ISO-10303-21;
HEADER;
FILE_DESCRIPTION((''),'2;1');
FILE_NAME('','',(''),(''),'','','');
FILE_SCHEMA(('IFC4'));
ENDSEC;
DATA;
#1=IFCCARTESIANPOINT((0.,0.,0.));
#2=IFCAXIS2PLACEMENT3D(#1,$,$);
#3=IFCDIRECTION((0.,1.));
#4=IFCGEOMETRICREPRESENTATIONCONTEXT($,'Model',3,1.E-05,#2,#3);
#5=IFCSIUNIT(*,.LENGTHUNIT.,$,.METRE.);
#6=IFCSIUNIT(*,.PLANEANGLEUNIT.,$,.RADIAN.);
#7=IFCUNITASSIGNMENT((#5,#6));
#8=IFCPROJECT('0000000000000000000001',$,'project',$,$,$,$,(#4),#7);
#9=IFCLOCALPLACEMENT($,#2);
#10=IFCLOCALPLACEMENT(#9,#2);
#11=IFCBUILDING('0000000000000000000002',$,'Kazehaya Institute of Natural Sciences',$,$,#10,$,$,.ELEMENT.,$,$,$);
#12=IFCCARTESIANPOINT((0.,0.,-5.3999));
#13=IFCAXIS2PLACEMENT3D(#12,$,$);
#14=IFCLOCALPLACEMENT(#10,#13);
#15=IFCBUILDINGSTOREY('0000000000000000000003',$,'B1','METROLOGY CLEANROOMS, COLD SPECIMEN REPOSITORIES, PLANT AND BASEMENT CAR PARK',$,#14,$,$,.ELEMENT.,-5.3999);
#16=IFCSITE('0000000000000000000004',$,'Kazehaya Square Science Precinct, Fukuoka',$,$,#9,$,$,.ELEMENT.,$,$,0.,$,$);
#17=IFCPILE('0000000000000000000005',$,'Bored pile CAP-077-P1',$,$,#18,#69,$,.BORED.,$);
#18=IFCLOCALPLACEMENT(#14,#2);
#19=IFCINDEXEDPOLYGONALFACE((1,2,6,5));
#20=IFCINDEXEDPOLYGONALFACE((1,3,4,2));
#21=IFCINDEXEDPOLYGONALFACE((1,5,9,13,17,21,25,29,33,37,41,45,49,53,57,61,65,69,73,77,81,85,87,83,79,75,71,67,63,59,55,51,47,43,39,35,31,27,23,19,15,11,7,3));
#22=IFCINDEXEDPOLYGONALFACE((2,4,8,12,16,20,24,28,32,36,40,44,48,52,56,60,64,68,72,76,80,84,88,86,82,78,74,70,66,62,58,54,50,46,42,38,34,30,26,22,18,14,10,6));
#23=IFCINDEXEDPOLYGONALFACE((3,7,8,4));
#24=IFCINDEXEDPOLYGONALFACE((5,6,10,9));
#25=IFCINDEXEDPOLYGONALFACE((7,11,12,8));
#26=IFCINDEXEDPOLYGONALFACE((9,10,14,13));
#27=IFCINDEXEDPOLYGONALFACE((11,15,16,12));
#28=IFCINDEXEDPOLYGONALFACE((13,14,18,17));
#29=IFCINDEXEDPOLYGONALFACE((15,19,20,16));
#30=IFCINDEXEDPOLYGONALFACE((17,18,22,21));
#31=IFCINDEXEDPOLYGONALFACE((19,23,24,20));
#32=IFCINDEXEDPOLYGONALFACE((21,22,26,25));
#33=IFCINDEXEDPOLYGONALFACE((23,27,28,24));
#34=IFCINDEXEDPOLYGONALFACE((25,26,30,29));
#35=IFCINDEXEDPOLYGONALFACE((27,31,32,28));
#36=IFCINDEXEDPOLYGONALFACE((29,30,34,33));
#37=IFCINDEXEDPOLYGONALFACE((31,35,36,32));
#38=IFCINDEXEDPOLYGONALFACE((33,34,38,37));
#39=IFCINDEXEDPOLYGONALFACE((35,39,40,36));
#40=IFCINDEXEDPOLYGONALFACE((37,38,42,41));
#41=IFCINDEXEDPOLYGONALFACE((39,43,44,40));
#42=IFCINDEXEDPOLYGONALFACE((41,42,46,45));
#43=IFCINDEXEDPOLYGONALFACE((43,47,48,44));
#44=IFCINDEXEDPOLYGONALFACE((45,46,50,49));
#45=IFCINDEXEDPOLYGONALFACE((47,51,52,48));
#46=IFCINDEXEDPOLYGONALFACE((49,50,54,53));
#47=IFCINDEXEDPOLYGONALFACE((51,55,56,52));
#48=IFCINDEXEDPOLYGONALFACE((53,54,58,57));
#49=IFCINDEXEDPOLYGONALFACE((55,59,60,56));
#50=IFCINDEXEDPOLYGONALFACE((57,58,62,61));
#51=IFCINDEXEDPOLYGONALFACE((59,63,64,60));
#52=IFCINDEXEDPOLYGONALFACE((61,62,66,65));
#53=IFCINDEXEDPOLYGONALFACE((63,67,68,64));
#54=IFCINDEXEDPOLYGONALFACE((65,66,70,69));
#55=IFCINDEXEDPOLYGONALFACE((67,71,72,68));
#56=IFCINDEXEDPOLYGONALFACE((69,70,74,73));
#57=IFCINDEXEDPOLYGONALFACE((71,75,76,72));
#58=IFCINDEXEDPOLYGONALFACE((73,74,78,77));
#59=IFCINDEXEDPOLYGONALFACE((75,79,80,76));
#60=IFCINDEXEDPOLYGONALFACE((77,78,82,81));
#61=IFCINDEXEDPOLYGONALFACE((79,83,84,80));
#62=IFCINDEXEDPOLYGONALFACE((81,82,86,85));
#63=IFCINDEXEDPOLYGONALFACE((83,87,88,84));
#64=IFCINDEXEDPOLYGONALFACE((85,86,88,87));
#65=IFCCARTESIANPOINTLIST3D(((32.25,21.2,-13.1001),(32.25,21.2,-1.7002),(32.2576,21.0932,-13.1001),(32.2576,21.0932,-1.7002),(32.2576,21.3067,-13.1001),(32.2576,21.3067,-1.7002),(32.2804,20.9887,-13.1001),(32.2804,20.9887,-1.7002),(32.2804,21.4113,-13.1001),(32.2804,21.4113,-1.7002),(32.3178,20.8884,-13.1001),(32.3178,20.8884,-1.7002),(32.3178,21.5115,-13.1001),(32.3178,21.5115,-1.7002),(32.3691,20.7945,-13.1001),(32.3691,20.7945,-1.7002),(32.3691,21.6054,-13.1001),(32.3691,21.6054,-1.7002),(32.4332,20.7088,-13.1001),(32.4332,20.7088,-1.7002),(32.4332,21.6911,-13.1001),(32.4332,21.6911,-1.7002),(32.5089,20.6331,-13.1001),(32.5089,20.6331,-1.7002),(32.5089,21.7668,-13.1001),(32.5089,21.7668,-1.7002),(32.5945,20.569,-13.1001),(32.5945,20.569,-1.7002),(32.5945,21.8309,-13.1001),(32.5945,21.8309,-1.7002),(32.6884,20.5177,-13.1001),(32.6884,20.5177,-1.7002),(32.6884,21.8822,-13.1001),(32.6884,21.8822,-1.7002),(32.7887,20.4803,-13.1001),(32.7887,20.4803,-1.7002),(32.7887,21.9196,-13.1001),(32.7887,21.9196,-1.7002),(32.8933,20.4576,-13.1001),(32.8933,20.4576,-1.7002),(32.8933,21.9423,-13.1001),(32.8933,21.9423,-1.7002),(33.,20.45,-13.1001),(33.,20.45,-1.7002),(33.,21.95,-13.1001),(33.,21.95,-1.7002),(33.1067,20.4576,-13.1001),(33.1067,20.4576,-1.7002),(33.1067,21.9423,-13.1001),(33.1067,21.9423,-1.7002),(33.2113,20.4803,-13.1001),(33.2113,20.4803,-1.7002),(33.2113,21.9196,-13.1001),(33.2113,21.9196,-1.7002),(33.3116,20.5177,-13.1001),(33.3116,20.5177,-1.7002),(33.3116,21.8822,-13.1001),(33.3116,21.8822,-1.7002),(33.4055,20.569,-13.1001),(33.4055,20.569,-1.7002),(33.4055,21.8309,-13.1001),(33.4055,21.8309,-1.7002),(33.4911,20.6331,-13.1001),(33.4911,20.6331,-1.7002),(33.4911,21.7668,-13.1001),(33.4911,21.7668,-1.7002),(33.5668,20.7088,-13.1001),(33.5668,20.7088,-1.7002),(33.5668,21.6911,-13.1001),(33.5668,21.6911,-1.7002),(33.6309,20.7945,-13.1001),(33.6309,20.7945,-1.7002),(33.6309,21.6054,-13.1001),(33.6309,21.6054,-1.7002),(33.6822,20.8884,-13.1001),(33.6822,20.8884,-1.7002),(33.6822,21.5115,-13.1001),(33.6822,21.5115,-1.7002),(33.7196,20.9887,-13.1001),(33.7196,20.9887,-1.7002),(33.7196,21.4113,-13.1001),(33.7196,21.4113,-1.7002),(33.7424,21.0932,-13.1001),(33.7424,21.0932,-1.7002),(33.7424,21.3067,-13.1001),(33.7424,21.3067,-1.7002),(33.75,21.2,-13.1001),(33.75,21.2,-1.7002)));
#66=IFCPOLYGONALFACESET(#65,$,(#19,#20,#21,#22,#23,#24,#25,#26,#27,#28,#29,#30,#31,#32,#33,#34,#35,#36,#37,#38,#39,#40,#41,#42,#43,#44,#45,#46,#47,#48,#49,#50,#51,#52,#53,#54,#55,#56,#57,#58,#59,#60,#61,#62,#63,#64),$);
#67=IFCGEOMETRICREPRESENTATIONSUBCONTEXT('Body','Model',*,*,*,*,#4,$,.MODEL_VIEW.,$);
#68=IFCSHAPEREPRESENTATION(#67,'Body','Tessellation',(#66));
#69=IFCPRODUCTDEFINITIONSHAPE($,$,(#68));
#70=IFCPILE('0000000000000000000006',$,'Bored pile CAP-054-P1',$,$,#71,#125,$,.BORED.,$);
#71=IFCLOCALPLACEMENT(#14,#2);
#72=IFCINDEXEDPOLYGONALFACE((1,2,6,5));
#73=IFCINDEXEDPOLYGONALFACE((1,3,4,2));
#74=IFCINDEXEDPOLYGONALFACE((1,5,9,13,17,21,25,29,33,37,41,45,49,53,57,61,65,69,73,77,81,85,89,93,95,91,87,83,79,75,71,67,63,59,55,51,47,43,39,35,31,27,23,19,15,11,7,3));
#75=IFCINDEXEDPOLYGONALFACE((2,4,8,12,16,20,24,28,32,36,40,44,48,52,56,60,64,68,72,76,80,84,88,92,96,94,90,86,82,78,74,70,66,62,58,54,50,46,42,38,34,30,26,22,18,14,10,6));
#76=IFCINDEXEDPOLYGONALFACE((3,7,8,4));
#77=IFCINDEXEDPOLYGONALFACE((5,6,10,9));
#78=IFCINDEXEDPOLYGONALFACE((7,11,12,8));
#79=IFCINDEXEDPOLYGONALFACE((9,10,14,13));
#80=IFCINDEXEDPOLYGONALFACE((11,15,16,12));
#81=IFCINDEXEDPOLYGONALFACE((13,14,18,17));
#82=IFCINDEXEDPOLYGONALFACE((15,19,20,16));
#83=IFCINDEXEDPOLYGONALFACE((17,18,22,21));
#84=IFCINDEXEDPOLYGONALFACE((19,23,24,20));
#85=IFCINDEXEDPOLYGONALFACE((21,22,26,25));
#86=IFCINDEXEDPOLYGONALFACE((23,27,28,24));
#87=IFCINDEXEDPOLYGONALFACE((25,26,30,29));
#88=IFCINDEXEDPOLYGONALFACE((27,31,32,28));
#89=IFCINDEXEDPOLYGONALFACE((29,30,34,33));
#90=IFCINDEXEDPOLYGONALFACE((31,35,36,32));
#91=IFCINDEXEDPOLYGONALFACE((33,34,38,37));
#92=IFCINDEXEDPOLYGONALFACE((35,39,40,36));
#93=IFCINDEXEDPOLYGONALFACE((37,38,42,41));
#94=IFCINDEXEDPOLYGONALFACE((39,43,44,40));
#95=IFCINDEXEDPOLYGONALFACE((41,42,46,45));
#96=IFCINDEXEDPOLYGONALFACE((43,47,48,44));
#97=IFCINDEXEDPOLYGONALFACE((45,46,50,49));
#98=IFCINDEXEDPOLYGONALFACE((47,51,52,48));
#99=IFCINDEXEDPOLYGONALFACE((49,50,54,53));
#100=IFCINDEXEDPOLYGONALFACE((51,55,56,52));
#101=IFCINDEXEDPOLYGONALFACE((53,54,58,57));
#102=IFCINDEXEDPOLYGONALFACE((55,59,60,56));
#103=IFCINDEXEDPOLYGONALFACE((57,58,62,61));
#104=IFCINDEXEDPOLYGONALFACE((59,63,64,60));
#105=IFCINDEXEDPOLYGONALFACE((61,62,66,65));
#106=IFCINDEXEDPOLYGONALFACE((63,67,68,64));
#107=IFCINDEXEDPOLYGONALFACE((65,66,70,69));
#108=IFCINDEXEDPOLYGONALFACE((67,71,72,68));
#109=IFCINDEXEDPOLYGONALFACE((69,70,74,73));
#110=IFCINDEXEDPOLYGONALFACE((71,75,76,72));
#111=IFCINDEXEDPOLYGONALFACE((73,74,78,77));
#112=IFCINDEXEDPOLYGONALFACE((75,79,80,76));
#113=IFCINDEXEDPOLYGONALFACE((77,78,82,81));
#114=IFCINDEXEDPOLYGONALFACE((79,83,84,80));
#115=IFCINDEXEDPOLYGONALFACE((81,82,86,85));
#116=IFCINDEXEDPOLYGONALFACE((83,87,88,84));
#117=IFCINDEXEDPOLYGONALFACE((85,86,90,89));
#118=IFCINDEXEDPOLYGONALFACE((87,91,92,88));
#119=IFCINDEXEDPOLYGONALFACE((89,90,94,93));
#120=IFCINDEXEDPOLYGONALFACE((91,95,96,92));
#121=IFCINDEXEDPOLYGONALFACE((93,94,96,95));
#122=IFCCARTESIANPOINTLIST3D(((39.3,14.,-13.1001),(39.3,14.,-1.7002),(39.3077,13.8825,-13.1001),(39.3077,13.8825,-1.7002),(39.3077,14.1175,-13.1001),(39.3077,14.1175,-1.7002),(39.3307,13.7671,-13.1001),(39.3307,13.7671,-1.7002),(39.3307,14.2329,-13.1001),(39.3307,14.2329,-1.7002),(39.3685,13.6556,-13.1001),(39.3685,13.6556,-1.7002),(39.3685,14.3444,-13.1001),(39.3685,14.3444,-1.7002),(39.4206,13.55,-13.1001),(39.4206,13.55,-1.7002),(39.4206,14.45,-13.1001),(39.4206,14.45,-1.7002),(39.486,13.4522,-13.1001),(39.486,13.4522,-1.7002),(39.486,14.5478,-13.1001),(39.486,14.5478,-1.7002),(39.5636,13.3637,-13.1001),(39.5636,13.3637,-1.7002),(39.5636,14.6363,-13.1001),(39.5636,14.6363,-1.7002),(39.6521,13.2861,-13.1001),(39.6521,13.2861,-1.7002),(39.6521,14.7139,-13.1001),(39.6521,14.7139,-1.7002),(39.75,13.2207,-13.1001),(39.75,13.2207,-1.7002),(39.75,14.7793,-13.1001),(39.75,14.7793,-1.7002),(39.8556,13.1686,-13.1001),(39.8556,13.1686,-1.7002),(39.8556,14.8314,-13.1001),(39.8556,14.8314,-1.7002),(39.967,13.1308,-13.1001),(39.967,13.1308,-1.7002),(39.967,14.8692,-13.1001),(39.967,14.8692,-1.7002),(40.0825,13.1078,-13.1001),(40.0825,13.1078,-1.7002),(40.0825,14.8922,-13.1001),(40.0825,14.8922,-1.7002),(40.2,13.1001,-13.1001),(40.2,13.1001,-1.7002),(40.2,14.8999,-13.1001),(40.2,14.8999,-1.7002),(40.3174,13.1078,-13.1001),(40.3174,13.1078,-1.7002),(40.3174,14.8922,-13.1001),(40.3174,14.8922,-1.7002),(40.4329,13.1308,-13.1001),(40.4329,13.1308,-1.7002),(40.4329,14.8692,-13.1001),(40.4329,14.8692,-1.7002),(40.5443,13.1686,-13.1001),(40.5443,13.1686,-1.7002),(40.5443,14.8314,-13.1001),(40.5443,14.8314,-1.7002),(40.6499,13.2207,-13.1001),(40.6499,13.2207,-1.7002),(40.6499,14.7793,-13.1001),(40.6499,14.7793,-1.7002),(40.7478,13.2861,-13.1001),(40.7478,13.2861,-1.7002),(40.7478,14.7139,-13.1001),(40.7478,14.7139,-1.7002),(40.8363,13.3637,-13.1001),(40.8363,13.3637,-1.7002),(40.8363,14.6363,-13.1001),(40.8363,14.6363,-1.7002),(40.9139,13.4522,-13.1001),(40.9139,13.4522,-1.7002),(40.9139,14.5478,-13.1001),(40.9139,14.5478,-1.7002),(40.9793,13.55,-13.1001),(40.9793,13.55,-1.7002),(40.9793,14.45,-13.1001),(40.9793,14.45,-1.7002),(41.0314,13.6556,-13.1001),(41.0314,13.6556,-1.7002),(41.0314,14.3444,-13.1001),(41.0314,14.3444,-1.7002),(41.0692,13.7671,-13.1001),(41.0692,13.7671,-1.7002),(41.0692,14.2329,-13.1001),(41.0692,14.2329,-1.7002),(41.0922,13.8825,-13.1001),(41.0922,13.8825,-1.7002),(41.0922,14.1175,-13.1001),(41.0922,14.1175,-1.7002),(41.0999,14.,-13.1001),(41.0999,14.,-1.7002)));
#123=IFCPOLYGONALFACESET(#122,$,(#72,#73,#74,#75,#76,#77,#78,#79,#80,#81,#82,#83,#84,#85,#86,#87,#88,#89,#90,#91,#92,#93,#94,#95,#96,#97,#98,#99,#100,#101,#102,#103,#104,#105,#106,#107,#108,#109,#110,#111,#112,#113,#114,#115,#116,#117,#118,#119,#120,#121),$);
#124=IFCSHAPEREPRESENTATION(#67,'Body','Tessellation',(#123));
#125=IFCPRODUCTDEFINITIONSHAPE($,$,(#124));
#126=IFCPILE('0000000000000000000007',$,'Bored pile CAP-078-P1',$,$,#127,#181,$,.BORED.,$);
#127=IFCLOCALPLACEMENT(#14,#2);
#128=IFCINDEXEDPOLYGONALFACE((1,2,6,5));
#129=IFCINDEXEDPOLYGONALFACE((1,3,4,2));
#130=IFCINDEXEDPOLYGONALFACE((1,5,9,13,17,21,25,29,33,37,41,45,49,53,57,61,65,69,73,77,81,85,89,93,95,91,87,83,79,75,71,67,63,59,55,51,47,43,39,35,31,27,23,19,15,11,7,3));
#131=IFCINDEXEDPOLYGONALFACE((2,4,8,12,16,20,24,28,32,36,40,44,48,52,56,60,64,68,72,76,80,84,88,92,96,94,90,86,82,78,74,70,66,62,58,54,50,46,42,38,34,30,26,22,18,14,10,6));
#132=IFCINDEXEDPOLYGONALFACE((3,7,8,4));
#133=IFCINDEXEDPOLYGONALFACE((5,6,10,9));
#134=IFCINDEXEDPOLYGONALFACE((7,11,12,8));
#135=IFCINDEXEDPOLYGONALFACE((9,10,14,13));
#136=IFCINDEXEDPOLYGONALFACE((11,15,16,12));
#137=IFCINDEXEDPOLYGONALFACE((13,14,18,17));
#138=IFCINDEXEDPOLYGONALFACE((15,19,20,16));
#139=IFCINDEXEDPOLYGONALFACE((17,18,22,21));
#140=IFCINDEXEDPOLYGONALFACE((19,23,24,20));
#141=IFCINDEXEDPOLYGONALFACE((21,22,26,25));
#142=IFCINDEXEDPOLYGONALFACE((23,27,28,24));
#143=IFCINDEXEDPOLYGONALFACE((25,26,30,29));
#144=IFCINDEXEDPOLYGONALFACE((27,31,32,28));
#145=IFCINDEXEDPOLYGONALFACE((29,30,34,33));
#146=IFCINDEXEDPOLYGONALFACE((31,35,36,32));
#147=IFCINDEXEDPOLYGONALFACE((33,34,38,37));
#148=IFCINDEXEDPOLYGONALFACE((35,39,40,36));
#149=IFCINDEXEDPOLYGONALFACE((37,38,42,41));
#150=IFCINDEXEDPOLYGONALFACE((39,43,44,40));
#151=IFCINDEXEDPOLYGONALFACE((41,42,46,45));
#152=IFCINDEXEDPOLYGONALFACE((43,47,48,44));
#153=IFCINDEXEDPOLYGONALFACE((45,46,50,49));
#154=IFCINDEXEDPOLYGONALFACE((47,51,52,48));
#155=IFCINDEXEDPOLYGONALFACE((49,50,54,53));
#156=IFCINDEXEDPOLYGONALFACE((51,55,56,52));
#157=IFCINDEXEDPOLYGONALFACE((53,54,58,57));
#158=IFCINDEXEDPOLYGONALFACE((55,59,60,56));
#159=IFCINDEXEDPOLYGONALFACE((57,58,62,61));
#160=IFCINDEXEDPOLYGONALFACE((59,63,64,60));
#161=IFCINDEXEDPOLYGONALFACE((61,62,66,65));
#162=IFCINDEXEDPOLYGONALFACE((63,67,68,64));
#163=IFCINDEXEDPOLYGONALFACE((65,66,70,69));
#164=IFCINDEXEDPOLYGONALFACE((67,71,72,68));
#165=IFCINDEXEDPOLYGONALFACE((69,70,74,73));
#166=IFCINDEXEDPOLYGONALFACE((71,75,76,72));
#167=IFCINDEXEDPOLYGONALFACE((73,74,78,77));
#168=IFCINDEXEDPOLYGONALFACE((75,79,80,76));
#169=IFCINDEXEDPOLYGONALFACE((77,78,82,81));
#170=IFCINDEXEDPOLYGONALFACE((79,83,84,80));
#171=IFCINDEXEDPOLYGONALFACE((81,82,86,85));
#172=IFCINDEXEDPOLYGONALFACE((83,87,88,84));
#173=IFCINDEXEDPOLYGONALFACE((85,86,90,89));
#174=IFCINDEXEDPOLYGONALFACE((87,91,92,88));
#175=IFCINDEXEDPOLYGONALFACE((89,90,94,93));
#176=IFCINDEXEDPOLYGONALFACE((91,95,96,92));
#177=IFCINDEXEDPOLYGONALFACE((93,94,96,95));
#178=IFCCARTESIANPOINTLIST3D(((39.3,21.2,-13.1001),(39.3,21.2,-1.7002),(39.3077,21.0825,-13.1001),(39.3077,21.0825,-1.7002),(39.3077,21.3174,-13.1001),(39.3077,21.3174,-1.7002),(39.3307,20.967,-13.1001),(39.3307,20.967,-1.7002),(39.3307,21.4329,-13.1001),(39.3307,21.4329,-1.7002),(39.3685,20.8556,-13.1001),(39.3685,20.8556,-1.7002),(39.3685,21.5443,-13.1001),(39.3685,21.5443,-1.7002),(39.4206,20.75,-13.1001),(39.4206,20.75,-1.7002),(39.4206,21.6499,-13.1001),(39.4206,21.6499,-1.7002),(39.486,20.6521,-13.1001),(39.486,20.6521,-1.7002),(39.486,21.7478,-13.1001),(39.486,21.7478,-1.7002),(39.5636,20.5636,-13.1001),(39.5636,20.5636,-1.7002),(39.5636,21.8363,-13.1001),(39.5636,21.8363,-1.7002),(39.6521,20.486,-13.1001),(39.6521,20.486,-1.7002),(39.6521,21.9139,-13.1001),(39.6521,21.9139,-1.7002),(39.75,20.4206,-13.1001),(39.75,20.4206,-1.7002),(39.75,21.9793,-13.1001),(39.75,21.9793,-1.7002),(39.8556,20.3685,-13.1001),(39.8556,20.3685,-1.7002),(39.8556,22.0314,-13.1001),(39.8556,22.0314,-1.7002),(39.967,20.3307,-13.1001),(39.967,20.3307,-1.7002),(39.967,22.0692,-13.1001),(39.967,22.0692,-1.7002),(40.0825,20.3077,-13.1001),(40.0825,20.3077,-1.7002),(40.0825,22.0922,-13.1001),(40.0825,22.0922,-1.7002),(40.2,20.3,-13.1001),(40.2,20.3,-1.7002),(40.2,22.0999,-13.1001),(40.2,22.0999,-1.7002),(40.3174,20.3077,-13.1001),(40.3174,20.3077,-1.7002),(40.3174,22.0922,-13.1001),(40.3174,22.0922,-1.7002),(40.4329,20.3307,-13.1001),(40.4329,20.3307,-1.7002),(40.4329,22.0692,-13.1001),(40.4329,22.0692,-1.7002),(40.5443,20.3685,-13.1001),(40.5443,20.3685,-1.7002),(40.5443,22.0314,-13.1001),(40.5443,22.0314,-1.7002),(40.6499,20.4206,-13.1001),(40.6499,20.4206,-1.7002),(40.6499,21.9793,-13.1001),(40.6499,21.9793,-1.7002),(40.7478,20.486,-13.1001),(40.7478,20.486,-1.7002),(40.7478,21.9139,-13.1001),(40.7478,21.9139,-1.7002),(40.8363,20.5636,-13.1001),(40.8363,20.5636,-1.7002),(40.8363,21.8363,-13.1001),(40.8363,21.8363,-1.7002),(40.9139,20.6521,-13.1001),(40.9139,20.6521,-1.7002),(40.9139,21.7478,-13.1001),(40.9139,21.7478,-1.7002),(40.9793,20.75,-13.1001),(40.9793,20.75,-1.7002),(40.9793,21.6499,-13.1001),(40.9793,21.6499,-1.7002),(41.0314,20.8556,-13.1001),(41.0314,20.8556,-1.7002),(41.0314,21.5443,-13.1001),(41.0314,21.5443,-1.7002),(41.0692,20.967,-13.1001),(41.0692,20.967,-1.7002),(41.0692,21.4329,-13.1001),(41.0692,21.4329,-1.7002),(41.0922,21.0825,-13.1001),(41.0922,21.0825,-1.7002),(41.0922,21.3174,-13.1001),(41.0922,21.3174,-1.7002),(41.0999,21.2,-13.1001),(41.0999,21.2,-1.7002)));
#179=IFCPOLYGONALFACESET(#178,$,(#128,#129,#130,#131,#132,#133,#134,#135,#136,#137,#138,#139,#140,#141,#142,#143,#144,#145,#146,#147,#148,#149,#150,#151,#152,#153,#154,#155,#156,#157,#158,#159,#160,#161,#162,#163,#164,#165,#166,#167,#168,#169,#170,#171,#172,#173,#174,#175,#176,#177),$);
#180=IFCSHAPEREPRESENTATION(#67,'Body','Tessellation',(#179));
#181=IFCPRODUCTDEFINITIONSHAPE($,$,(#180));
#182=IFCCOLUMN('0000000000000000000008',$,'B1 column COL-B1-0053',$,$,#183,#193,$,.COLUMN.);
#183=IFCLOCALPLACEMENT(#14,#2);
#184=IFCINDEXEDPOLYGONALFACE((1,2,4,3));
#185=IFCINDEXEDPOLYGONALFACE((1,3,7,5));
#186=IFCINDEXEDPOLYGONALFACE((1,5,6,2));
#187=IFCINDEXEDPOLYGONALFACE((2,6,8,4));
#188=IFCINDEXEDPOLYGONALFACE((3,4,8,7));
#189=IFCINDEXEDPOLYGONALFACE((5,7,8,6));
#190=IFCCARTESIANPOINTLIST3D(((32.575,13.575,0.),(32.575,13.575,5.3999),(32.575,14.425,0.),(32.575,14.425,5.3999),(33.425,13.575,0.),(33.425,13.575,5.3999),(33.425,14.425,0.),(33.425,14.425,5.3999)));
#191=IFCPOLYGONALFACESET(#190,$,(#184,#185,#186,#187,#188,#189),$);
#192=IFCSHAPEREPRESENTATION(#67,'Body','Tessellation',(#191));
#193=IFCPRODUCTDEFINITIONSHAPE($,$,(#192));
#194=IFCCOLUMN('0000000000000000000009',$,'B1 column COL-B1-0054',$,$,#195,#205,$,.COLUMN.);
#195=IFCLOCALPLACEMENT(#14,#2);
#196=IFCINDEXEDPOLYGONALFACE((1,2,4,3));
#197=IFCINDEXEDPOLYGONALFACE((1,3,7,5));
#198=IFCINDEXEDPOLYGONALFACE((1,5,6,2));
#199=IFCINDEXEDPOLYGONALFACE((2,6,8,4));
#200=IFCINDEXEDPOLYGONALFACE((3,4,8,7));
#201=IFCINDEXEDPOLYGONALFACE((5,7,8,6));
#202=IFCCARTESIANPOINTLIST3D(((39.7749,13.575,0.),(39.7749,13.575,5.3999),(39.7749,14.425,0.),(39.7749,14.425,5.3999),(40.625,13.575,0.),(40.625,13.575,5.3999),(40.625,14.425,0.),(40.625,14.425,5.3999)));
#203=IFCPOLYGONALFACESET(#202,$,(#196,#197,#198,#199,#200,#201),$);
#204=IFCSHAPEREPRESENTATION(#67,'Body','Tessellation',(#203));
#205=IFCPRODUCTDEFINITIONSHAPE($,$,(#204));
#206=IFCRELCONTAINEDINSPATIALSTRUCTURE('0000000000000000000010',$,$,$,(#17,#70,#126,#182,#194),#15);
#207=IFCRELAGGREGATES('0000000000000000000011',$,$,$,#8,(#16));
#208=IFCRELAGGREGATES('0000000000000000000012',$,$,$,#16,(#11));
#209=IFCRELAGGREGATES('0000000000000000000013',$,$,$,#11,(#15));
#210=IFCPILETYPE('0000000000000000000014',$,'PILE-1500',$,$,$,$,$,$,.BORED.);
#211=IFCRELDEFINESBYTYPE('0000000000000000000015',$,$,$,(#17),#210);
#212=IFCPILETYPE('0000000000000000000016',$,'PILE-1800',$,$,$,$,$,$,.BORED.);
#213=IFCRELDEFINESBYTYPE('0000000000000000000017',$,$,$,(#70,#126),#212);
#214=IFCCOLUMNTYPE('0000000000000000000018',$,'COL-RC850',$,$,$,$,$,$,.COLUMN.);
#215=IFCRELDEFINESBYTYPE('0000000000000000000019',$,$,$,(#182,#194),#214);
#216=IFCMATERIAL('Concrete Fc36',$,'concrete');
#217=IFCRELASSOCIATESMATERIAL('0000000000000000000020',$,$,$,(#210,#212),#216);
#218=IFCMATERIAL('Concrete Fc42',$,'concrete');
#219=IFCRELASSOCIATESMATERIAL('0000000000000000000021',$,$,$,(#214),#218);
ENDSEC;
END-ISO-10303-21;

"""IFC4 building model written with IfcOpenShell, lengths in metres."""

from ifc_helpers import new_model, si_unit, direction, frame, origin, origin_2d, place, context, subcontext, project, spatial, rectangle, circle, extrude, material, material_profile, profile_set, type_object, element, save


model = new_model("IFC4")

# Units and contexts
model_context = context("Model", 3, precision=1e-05, world=origin(), true_north=direction((0.0, 1.0)))
body_context = subcontext(model_context, "Body", "Model", "MODEL_VIEW")
ifc_project = project(units=[si_unit("LENGTHUNIT", "METRE"), si_unit("PLANEANGLEUNIT", "RADIAN")], contexts=[model_context])

# Site, building, storey
site_placement = place(None, origin())
site = spatial("IfcSite", under=ifc_project, at=site_placement, Name="Kazehaya Square Science Precinct, Fukuoka", CompositionType="ELEMENT", RefElevation=0.0)
building_placement = place(site_placement, origin())
building = spatial("IfcBuilding", under=site, at=building_placement, Name="Kazehaya Institute of Natural Sciences", CompositionType="ELEMENT")
storey_placement = place(building_placement, frame((0.0, 0.0, -5.3999)))
storey = spatial("IfcBuildingStorey", under=building, at=storey_placement, Name="B1", Description="METROLOGY CLEANROOMS, COLD SPECIMEN REPOSITORIES, PLANT AND BASEMENT CAR PARK", CompositionType="ELEMENT", Elevation=-5.3999)

# Shared definitions
ifc_material_1 = material(Name="Concrete Fc36", Category="concrete")

# Piles
ifc_material_profile_1 = material_profile(ifc_material_1, circle(Radius=0.75, at=origin_2d()), Name="PILE-1500")
ifc_profile_set_1 = profile_set([ifc_material_profile_1], Name="Concrete Fc36")
pile_type_1 = type_object("IfcPileType", Name="PILE-1500", PredefinedType="BORED", material=ifc_profile_set_1)
for number, where, z_axis, x_axis, name in (
    (1, (33.0, 21.2, -1.7002), (0.0, 0.0, -1.0), (1.0, 0.0, 0.0), "Bored pile CAP-077-P1"),
):
    element("IfcPile", number, at=place(storey_placement, frame(where, z_axis=z_axis, x_axis=x_axis)), inside=storey, type_object=pile_type_1, Name=name, PredefinedType="BORED", context=body_context, shape_type="SweptSolid", body=[
        extrude(circle(Radius=0.75, at=origin_2d()), origin(), (0.0, 0.0, 1.0), 11.3999),
    ])
ifc_material_profile_2 = material_profile(ifc_material_1, circle(Radius=0.8999, at=origin_2d()), Name="PILE-1800")
ifc_profile_set_2 = profile_set([ifc_material_profile_2], Name="Concrete Fc36")
pile_type_2 = type_object("IfcPileType", Name="PILE-1800", PredefinedType="BORED", material=ifc_profile_set_2)
for number, where, z_axis, x_axis, name in (
    (2, (40.2, 14.0, -1.7002), (0.0, 0.0, -1.0), (1.0, 0.0, 0.0), "Bored pile CAP-054-P1"),
    (3, (40.2, 21.2, -1.7002), (0.0, 0.0, -1.0), (1.0, 0.0, 0.0), "Bored pile CAP-078-P1"),
):
    element("IfcPile", number, at=place(storey_placement, frame(where, z_axis=z_axis, x_axis=x_axis)), inside=storey, type_object=pile_type_2, Name=name, PredefinedType="BORED", context=body_context, shape_type="SweptSolid", body=[
        extrude(circle(Radius=0.8999, at=origin_2d()), origin(), (0.0, 0.0, 1.0), 11.3999),
    ])

# Columns
ifc_material_2 = material(Name="Concrete Fc42", Category="concrete")
ifc_material_profile_3 = material_profile(ifc_material_2, rectangle(XDim=0.8501, YDim=0.8501, at=origin_2d()), Name="RC-850x850")
ifc_profile_set_3 = profile_set([ifc_material_profile_3], Name="Concrete Fc42")
column_type = type_object("IfcColumnType", Name="COL-RC850", PredefinedType="COLUMN", material=ifc_profile_set_3)
for number, where, z_axis, x_axis, name in (
    (4, (33.0, 14.0, 0.0), (0.0, 0.0, 1.0), (1.0, 0.0, 0.0), "B1 column COL-B1-0053"),
    (5, (40.2, 14.0, 0.0), (0.0, 0.0, 1.0), (1.0, 0.0, 0.0), "B1 column COL-B1-0054"),
):
    element("IfcColumn", number, at=place(storey_placement, frame(where, z_axis=z_axis, x_axis=x_axis)), inside=storey, type_object=column_type, Name=name, PredefinedType="COLUMN", context=body_context, shape_type="SweptSolid", body=[
        extrude(rectangle(XDim=0.8501, YDim=0.8501, at=origin_2d()), origin(), (0.0, 0.0, 1.0), 5.3999),
    ])

save(model, "model.ifc")
